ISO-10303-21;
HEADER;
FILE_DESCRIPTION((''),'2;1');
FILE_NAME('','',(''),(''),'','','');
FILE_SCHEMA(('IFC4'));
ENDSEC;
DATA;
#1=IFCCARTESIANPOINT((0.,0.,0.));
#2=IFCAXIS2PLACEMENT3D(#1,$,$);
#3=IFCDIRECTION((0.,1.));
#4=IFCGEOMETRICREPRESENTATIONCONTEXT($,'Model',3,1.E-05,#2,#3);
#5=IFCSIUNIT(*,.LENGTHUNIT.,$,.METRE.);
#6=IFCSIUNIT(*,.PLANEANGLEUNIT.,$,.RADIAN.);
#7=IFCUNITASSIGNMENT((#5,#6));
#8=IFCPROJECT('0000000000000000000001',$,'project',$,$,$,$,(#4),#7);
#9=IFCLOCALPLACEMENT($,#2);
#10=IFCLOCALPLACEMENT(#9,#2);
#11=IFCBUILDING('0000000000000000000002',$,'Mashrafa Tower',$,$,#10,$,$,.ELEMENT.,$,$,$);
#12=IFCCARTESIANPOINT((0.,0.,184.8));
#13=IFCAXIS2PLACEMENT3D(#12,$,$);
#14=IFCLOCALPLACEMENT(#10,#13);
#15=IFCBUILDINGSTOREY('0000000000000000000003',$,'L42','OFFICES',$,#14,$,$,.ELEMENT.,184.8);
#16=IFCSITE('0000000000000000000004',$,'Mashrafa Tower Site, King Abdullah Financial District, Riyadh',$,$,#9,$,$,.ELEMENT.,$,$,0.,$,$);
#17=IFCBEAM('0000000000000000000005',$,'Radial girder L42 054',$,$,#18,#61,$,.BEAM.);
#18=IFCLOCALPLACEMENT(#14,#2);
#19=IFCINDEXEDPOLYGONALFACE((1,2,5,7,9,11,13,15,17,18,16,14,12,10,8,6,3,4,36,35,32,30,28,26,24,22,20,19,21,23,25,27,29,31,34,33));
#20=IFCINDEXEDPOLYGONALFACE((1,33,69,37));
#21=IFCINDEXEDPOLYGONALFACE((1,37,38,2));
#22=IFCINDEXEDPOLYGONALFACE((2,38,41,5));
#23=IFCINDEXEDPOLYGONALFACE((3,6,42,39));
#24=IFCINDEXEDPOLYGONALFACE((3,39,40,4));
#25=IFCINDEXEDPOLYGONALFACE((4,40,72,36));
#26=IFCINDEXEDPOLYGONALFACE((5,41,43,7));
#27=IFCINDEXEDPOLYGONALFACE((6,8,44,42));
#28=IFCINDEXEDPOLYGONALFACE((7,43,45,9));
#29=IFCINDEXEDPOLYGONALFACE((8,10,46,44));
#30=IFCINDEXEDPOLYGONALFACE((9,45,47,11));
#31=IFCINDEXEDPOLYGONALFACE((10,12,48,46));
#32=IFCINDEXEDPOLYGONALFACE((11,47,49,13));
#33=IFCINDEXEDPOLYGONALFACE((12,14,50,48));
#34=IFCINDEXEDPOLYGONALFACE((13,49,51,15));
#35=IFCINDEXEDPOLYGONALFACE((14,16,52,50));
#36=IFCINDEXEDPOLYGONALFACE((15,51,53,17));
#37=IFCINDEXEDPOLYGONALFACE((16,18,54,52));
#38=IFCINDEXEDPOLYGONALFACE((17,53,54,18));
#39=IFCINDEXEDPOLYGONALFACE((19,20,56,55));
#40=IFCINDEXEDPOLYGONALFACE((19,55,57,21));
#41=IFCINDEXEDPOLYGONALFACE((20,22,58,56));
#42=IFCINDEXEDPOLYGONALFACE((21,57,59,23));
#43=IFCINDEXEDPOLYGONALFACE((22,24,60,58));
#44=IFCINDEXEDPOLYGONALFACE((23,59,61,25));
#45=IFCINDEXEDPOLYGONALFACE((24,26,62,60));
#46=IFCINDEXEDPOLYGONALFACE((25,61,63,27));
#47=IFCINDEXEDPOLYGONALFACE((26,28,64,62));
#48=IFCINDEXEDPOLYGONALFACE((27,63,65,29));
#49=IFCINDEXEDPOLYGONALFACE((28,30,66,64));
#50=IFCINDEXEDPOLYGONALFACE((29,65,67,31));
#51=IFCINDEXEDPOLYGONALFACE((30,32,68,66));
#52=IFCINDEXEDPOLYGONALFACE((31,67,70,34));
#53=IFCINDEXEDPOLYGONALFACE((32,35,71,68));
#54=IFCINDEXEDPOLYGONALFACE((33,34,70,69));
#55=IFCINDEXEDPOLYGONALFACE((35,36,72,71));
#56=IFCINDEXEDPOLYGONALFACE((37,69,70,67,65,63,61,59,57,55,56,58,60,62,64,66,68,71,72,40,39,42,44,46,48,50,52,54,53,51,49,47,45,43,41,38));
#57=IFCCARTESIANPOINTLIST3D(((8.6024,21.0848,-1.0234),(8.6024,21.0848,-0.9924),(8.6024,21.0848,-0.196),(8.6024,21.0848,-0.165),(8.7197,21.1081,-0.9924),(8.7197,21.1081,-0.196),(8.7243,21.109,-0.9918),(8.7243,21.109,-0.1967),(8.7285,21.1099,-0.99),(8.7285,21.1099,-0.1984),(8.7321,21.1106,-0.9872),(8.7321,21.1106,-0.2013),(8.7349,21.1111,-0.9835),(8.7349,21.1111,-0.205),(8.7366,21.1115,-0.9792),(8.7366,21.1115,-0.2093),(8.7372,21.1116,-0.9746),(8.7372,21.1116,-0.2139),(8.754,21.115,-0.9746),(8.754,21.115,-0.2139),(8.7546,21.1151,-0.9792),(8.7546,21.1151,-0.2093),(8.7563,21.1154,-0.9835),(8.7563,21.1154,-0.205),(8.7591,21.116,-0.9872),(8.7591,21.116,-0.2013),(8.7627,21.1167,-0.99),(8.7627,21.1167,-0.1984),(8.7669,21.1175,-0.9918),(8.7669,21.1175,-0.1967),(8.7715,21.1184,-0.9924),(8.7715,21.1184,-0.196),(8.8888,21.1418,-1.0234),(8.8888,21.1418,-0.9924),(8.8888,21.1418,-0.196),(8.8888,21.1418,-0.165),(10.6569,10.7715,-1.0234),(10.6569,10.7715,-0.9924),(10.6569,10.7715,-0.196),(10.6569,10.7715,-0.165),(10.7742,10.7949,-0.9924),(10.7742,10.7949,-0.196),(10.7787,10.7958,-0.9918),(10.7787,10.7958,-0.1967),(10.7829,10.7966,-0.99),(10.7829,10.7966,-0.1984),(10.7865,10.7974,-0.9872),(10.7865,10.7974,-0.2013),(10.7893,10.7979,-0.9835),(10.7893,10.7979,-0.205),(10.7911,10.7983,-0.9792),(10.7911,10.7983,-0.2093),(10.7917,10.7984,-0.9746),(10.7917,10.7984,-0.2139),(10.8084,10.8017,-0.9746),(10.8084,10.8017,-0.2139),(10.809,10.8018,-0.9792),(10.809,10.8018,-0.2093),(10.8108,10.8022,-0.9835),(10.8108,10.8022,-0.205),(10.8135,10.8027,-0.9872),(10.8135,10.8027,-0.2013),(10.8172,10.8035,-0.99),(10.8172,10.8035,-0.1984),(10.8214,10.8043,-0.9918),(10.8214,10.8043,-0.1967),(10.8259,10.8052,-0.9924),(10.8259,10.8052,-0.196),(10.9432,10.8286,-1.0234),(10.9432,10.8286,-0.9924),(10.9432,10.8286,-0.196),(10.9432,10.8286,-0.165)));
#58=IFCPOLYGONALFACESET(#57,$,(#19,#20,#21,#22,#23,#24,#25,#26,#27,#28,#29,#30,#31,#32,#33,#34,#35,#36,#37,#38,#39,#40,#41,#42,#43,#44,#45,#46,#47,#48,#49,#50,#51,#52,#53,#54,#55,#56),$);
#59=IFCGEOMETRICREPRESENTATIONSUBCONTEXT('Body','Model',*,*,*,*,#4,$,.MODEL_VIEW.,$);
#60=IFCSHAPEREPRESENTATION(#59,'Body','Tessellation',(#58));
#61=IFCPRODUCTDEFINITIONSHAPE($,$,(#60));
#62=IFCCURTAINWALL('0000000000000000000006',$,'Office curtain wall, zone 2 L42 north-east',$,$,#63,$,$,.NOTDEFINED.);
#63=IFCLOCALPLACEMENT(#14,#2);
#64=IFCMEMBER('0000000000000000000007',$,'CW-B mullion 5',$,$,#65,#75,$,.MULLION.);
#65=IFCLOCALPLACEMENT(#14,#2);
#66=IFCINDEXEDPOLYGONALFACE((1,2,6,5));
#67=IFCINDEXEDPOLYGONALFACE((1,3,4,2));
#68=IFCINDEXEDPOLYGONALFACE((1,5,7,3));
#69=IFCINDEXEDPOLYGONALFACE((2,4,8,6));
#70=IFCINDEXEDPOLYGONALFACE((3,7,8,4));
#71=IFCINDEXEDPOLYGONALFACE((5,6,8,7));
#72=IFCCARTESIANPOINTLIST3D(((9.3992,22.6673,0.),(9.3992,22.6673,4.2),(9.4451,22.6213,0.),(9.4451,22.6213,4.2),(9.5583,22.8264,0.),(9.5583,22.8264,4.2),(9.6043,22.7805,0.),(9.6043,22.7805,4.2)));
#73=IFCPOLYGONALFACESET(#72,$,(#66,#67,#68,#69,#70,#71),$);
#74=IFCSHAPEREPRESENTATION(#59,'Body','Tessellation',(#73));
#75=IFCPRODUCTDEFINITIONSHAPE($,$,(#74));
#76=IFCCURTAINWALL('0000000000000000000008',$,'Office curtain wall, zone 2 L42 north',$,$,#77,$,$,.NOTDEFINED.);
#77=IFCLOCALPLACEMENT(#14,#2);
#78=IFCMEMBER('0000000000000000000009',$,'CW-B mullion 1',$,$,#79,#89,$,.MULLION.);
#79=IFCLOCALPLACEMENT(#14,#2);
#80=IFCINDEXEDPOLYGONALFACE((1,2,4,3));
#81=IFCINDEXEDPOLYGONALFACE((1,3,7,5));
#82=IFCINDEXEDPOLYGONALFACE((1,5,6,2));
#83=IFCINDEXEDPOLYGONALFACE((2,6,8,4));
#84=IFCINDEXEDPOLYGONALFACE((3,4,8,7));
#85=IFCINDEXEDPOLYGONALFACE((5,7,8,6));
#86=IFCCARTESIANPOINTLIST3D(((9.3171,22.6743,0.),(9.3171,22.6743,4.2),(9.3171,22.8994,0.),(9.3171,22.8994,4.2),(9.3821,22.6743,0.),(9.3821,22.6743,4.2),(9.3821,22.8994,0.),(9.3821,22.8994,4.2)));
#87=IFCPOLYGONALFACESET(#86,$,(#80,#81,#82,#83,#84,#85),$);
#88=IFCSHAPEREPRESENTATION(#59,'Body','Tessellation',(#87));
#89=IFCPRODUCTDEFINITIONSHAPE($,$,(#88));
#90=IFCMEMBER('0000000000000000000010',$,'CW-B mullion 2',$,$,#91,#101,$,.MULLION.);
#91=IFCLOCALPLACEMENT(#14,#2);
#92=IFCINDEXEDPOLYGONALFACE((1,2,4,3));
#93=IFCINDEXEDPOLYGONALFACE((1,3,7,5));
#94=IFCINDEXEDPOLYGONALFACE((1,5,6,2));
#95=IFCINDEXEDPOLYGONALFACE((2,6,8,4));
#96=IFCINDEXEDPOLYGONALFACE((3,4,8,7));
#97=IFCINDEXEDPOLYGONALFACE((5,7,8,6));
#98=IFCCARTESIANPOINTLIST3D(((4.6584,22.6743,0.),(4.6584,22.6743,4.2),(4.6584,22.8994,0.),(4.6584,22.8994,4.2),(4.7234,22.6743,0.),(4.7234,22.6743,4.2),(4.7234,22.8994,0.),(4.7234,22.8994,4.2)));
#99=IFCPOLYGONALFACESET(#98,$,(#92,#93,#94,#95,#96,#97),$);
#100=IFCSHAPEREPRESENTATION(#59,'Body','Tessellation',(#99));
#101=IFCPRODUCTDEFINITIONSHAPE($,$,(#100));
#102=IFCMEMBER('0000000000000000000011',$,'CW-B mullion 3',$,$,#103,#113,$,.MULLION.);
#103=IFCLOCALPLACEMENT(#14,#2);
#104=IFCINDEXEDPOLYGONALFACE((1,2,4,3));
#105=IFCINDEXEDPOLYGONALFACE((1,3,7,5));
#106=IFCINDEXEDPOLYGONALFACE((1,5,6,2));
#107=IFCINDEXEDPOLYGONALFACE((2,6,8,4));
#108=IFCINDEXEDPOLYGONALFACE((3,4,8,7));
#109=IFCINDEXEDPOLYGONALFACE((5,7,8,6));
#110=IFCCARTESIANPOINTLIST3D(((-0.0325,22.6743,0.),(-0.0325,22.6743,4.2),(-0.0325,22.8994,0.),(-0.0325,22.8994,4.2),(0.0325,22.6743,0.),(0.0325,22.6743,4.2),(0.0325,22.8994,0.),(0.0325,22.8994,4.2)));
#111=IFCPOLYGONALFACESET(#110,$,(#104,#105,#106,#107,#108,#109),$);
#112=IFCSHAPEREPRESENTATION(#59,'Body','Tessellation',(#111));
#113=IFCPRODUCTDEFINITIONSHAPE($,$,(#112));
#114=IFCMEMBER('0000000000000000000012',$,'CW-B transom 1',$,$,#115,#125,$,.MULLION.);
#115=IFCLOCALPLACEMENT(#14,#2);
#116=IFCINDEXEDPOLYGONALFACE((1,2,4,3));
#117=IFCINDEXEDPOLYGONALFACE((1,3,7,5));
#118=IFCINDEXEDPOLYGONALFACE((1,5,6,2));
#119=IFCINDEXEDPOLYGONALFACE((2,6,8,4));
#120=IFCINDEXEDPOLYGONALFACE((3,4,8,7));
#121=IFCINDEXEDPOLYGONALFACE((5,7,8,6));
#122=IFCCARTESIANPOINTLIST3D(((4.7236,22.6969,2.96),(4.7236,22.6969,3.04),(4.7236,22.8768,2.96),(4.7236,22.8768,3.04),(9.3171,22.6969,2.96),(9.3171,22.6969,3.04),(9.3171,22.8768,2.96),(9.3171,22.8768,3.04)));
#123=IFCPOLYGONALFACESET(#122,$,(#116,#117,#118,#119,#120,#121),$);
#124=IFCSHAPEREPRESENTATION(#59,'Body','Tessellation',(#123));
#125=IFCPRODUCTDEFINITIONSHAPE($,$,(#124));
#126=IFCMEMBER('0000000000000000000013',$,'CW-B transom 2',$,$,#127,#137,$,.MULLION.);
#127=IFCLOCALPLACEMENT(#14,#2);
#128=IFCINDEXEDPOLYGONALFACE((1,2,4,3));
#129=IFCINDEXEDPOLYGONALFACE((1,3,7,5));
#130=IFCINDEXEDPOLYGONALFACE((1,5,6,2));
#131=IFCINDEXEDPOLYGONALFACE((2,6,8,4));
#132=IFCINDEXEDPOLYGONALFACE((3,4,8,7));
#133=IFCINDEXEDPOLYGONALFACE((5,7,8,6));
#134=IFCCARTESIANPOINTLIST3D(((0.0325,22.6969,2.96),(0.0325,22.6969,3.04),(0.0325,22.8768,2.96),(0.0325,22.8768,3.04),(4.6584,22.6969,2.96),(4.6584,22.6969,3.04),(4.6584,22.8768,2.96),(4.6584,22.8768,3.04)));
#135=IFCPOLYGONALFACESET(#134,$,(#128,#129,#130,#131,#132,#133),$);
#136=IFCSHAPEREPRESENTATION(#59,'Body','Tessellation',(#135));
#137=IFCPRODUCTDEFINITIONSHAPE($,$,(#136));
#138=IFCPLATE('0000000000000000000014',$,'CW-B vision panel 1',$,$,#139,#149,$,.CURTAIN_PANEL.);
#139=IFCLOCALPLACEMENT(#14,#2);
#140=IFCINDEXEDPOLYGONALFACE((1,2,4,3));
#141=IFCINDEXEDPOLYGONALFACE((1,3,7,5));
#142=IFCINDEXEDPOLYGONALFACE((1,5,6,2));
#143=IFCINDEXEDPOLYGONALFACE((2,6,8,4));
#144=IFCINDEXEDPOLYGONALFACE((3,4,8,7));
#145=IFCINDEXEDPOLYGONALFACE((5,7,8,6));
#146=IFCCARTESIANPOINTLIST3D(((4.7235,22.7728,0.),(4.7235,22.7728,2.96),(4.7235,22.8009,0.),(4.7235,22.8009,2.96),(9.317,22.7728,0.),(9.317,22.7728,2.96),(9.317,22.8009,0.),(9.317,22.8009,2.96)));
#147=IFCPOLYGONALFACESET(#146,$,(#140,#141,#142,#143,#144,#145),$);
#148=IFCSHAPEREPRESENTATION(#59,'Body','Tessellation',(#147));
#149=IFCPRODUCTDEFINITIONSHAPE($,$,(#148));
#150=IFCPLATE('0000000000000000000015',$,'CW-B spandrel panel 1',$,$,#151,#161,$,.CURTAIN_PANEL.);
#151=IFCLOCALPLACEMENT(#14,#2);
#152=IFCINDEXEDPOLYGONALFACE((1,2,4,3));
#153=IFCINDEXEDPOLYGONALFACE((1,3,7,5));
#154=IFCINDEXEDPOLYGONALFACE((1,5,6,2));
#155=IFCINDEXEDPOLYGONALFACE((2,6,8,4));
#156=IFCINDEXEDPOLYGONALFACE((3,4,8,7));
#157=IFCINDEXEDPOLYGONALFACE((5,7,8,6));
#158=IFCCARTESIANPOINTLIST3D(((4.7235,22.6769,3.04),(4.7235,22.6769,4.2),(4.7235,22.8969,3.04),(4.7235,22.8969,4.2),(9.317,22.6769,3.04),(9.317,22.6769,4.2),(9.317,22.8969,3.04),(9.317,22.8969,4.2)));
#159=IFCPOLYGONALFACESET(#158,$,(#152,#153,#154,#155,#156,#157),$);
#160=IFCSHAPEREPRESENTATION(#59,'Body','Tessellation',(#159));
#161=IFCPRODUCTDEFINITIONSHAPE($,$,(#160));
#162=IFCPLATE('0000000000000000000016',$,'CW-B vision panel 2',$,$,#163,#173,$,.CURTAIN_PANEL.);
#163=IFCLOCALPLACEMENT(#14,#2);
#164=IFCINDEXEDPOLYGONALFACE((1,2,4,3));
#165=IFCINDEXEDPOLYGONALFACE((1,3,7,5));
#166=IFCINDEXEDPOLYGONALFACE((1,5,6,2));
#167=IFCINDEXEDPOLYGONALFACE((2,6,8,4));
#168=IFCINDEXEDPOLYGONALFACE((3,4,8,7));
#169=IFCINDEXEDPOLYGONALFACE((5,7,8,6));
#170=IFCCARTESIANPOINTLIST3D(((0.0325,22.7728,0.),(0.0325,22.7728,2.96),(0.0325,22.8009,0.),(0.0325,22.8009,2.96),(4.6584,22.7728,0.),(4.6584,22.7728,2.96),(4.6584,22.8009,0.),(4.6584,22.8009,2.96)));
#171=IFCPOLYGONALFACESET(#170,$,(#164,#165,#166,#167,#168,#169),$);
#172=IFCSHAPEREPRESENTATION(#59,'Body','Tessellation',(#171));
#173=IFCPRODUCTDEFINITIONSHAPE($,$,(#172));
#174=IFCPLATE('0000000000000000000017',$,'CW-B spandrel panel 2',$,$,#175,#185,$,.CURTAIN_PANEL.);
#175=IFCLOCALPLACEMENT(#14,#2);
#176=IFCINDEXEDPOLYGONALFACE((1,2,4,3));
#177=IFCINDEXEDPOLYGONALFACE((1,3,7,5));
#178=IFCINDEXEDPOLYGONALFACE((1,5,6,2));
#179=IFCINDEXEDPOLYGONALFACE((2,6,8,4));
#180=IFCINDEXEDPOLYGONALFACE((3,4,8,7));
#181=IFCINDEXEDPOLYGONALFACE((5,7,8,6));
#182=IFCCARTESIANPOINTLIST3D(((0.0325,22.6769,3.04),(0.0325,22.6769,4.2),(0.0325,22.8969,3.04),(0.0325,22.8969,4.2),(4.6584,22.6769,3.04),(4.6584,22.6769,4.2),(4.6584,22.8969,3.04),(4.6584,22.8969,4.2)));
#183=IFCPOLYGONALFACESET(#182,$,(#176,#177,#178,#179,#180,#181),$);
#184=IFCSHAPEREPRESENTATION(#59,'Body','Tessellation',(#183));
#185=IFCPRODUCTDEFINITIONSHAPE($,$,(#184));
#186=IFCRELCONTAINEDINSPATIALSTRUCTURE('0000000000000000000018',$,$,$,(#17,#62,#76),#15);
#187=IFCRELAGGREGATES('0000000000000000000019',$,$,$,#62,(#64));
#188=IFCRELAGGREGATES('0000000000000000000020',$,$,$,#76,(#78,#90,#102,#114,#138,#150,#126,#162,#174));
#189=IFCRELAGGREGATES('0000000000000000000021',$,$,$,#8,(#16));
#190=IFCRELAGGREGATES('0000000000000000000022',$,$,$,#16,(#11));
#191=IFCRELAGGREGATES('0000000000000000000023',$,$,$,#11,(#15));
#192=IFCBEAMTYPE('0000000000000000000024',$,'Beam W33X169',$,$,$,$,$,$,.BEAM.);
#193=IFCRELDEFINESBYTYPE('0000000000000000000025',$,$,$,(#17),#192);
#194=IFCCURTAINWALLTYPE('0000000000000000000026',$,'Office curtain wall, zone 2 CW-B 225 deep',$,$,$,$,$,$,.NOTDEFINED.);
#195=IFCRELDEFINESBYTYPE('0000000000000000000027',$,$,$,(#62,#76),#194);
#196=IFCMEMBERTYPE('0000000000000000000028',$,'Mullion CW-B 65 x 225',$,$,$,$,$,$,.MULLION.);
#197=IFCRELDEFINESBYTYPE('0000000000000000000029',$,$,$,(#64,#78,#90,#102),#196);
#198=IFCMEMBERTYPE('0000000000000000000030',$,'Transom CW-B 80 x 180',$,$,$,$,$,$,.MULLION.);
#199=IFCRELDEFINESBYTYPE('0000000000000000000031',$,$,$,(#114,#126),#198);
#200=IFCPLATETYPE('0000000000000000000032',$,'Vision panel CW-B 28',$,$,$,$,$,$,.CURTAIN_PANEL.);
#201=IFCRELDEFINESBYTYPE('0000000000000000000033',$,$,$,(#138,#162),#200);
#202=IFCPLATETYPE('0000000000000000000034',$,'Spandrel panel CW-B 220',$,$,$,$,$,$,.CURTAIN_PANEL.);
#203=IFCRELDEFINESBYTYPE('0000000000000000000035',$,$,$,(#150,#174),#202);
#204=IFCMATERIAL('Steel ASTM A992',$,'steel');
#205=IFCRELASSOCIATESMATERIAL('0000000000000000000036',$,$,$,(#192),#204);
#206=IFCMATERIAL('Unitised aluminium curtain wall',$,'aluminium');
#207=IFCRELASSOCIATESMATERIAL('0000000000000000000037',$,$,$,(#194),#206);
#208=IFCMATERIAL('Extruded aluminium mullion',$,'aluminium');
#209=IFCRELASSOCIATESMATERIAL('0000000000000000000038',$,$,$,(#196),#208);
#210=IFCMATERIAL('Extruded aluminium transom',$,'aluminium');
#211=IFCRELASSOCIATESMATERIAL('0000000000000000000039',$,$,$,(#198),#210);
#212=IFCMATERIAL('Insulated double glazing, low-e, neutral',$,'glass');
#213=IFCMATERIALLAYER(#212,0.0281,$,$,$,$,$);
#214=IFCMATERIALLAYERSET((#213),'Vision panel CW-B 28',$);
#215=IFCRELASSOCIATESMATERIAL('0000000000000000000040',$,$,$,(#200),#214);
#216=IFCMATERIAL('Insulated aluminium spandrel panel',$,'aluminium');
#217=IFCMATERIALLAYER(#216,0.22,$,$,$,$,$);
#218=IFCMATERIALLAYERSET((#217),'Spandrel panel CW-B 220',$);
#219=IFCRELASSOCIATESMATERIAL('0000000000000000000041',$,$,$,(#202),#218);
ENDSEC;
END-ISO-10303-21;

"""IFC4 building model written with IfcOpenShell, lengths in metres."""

from ifc_helpers import new_model, si_unit, direction, frame, origin, origin_2d, place, context, subcontext, project, spatial, rectangle, i_section, extrude, source, transform, mapped, material, layer, layer_set, material_profile, profile_set, type_object, type_shapes, element, aggregate, save


model = new_model("IFC4")

# Units and contexts
model_context = context("Model", 3, precision=1e-05, world=origin(), true_north=direction((0.0, 1.0)))
body_context = subcontext(model_context, "Body", "Model", "MODEL_VIEW")
ifc_project = project(units=[si_unit("LENGTHUNIT", "METRE"), si_unit("PLANEANGLEUNIT", "RADIAN")], contexts=[model_context])

# Site, building, storey
site_placement = place(None, origin())
site = spatial("IfcSite", under=ifc_project, at=site_placement, Name="Mashrafa Tower Site, King Abdullah Financial District, Riyadh", CompositionType="ELEMENT", RefElevation=0.0)
building_placement = place(site_placement, origin())
building = spatial("IfcBuilding", under=site, at=building_placement, Name="Mashrafa Tower", CompositionType="ELEMENT")
storey_placement = place(building_placement, frame((0.0, 0.0, 184.8)))
storey = spatial("IfcBuildingStorey", under=building, at=storey_placement, Name="L42", Description="OFFICES", CompositionType="ELEMENT", Elevation=184.8)

# Beam
ifc_material_1 = material(Name="Steel ASTM A992", Category="steel")
ifc_material_profile_1 = material_profile(ifc_material_1, i_section(OverallWidth=0.292, OverallDepth=0.8584, WebThickness=0.0171, FlangeThickness=0.031, FilletRadius=0.0178, at=origin_2d()), Name="W33X169")
ifc_profile_set_1 = profile_set([ifc_material_profile_1], Name="Steel ASTM A992")
beam_type_1 = type_object("IfcBeamType", Name="Beam W33X169", PredefinedType="BEAM", material=ifc_profile_set_1)
beam_1_placement = place(storey_placement, frame((10.8, 10.8, -0.5942), z_axis=(-0.195366, 0.98073, 0.0), x_axis=(-0.98073, -0.195366, 0.0)))
element("IfcBeam", 1, at=beam_1_placement, inside=storey, type_object=beam_type_1, Name="Radial girder L42 054", PredefinedType="BEAM", context=body_context, shape_type="SweptSolid", body=[
    extrude(i_section(OverallWidth=0.292, OverallDepth=0.8584, WebThickness=0.0171, FlangeThickness=0.031, FilletRadius=0.0178, at=origin_2d()), origin(), (0.0, 0.0, 1.0), 10.5159),
])

# Curtain wall, member
ifc_material_2 = material(Name="Unitised aluminium curtain wall", Category="aluminium")
curtain_wall_type = type_object("IfcCurtainWallType", Name="Office curtain wall, zone 2 CW-B 225 deep", PredefinedType="NOTDEFINED", material=ifc_material_2)
curtain_wall_1_placement = place(storey_placement, origin())
curtain_wall_1 = element("IfcCurtainWall", 2, at=curtain_wall_1_placement, inside=storey, type_object=curtain_wall_type, Name="Office curtain wall, zone 2 L42 north-east", PredefinedType="NOTDEFINED")
ifc_material_3 = material(Name="Extruded aluminium mullion", Category="aluminium")
ifc_material_profile_2 = material_profile(ifc_material_3, rectangle(XDim=0.2251, YDim=0.0649, at=origin_2d()), Name="Mullion 65x225")
ifc_profile_set_2 = profile_set([ifc_material_profile_2], Name="Extruded aluminium mullion")
member_type_1 = type_object("IfcMemberType", Name="Mullion CW-B 65 x 225", PredefinedType="MULLION", material=ifc_profile_set_2)
shared_shape_1 = source(origin(), body_context, "Body", "SweptSolid", [
    extrude(rectangle(XDim=0.2251, YDim=0.0649, at=origin_2d()), origin(), (0.0, 0.0, 1.0), 4.2),
])
type_shapes(member_type_1, [shared_shape_1])
member_1_placement = place(storey_placement, frame((9.5017, 22.7239, 0.0), z_axis=(0.0, 0.0, 1.0), x_axis=(-0.707107, -0.707107, 0.0)))
member_1 = element("IfcMember", 3, at=member_1_placement, type_object=member_type_1, Name="CW-B mullion 5", PredefinedType="MULLION", context=body_context, shape_type="MappedRepresentation", body=[
    mapped(shared_shape_1, transform((0.0, 0.0, 0.0))),
])
aggregate(curtain_wall_1, [member_1])

# Curtain wall, members, plates
curtain_wall_2_placement = place(storey_placement, origin())
curtain_wall_2 = element("IfcCurtainWall", 4, at=curtain_wall_2_placement, inside=storey, type_object=curtain_wall_type, Name="Office curtain wall, zone 2 L42 north", PredefinedType="NOTDEFINED")
member_2_placement = place(storey_placement, frame((9.3496, 22.7869, 0.0), z_axis=(0.0, 0.0, 1.0), x_axis=(0.0, -1.0, 0.0)))
member_2 = element("IfcMember", 5, at=member_2_placement, type_object=member_type_1, Name="CW-B mullion 1", PredefinedType="MULLION", context=body_context, shape_type="MappedRepresentation", body=[
    mapped(shared_shape_1, transform((0.0, 0.0, 0.0))),
])
member_3_placement = place(storey_placement, frame((4.6909, 22.7869, 0.0), z_axis=(0.0, 0.0, 1.0), x_axis=(0.0, -1.0, 0.0)))
member_3 = element("IfcMember", 6, at=member_3_placement, type_object=member_type_1, Name="CW-B mullion 2", PredefinedType="MULLION", context=body_context, shape_type="MappedRepresentation", body=[
    mapped(shared_shape_1, transform((0.0, 0.0, 0.0))),
])
member_4_placement = place(storey_placement, frame((0.0, 22.7869, 0.0), z_axis=(0.0, 0.0, 1.0), x_axis=(0.0, -1.0, 0.0)))
member_4 = element("IfcMember", 7, at=member_4_placement, type_object=member_type_1, Name="CW-B mullion 3", PredefinedType="MULLION", context=body_context, shape_type="MappedRepresentation", body=[
    mapped(shared_shape_1, transform((0.0, 0.0, 0.0))),
])
ifc_material_4 = material(Name="Extruded aluminium transom", Category="aluminium")
ifc_material_profile_3 = material_profile(ifc_material_4, rectangle(XDim=0.1799, YDim=0.0801, at=origin_2d()), Name="Transom 80x180")
ifc_profile_set_3 = profile_set([ifc_material_profile_3], Name="Extruded aluminium transom")
member_type_2 = type_object("IfcMemberType", Name="Transom CW-B 80 x 180", PredefinedType="MULLION", material=ifc_profile_set_3)
shared_shape_2 = source(origin(), body_context, "Body", "SweptSolid", [
    extrude(rectangle(XDim=0.1799, YDim=0.0801, at=origin_2d()), origin(), (0.0, 0.0, 1.0), 4.5935),
])
member_5_placement = place(storey_placement, frame((9.3171, 22.7869, 3.0), z_axis=(-1.0, 0.0, 0.0), x_axis=(0.0, -1.0, 0.0)))
member_5 = element("IfcMember", 8, at=member_5_placement, type_object=member_type_2, Name="CW-B transom 1", PredefinedType="MULLION", context=body_context, shape_type="MappedRepresentation", body=[
    mapped(shared_shape_2, transform((0.0, 0.0, 0.0))),
])
shared_shape_3 = source(origin(), body_context, "Body", "SweptSolid", [
    extrude(rectangle(XDim=0.1799, YDim=0.0801, at=origin_2d()), origin(), (0.0, 0.0, 1.0), 4.626),
])
type_shapes(member_type_2, [shared_shape_2, shared_shape_3])
member_6_placement = place(storey_placement, frame((4.6584, 22.7869, 3.0), z_axis=(-1.0, 0.0, 0.0), x_axis=(0.0, -1.0, 0.0)))
member_6 = element("IfcMember", 9, at=member_6_placement, type_object=member_type_2, Name="CW-B transom 2", PredefinedType="MULLION", context=body_context, shape_type="MappedRepresentation", body=[
    mapped(shared_shape_3, transform((0.0, 0.0, 0.0))),
])
ifc_material_5 = material(Name="Insulated double glazing, low-e, neutral", Category="glass")
ifc_layer_1 = layer(ifc_material_5, 0.0281)
ifc_layer_set_1 = layer_set([ifc_layer_1], Name="Vision panel CW-B 28")
plate_type_1 = type_object("IfcPlateType", Name="Vision panel CW-B 28", PredefinedType="CURTAIN_PANEL", material=ifc_layer_set_1)
shared_shape_4 = source(origin(), body_context, "Body", "SweptSolid", [
    extrude(rectangle(XDim=4.5935, YDim=0.0281, at=origin_2d()), origin(), (0.0, 0.0, 1.0), 2.96),
])
plate_1_placement = place(storey_placement, frame((7.0203, 22.7869, 0.0), z_axis=(0.0, 0.0, 1.0), x_axis=(-1.0, 0.0, 0.0)))
plate_1 = element("IfcPlate", 10, at=plate_1_placement, type_object=plate_type_1, Name="CW-B vision panel 1", PredefinedType="CURTAIN_PANEL", context=body_context, shape_type="MappedRepresentation", body=[
    mapped(shared_shape_4, transform((0.0, 0.0, 0.0))),
])
ifc_material_6 = material(Name="Insulated aluminium spandrel panel", Category="aluminium")
ifc_layer_2 = layer(ifc_material_6, 0.22)
ifc_layer_set_2 = layer_set([ifc_layer_2], Name="Spandrel panel CW-B 220")
plate_type_2 = type_object("IfcPlateType", Name="Spandrel panel CW-B 220", PredefinedType="CURTAIN_PANEL", material=ifc_layer_set_2)
shared_shape_5 = source(origin(), body_context, "Body", "SweptSolid", [
    extrude(rectangle(XDim=4.5935, YDim=0.22, at=origin_2d()), origin(), (0.0, 0.0, 1.0), 1.1599),
])
plate_2_placement = place(storey_placement, frame((7.0203, 22.7869, 3.04), z_axis=(0.0, 0.0, 1.0), x_axis=(-1.0, 0.0, 0.0)))
plate_2 = element("IfcPlate", 11, at=plate_2_placement, type_object=plate_type_2, Name="CW-B spandrel panel 1", PredefinedType="CURTAIN_PANEL", context=body_context, shape_type="MappedRepresentation", body=[
    mapped(shared_shape_5, transform((0.0, 0.0, 0.0))),
])
shared_shape_6 = source(origin(), body_context, "Body", "SweptSolid", [
    extrude(rectangle(XDim=4.626, YDim=0.0281, at=origin_2d()), origin(), (0.0, 0.0, 1.0), 2.96),
])
type_shapes(plate_type_1, [shared_shape_4, shared_shape_6])
plate_3_placement = place(storey_placement, frame((2.3455, 22.7869, 0.0), z_axis=(0.0, 0.0, 1.0), x_axis=(-1.0, 0.0, 0.0)))
plate_3 = element("IfcPlate", 12, at=plate_3_placement, type_object=plate_type_1, Name="CW-B vision panel 2", PredefinedType="CURTAIN_PANEL", context=body_context, shape_type="MappedRepresentation", body=[
    mapped(shared_shape_6, transform((0.0, 0.0, 0.0))),
])
shared_shape_7 = source(origin(), body_context, "Body", "SweptSolid", [
    extrude(rectangle(XDim=4.626, YDim=0.22, at=origin_2d()), origin(), (0.0, 0.0, 1.0), 1.1599),
])
type_shapes(plate_type_2, [shared_shape_5, shared_shape_7])
plate_4_placement = place(storey_placement, frame((2.3455, 22.7869, 3.04), z_axis=(0.0, 0.0, 1.0), x_axis=(-1.0, 0.0, 0.0)))
plate_4 = element("IfcPlate", 13, at=plate_4_placement, type_object=plate_type_2, Name="CW-B spandrel panel 2", PredefinedType="CURTAIN_PANEL", context=body_context, shape_type="MappedRepresentation", body=[
    mapped(shared_shape_7, transform((0.0, 0.0, 0.0))),
])
aggregate(curtain_wall_2, [member_2, member_3, member_4, member_5, plate_1, plate_2, member_6, plate_3, plate_4])

save(model, "model.ifc")
